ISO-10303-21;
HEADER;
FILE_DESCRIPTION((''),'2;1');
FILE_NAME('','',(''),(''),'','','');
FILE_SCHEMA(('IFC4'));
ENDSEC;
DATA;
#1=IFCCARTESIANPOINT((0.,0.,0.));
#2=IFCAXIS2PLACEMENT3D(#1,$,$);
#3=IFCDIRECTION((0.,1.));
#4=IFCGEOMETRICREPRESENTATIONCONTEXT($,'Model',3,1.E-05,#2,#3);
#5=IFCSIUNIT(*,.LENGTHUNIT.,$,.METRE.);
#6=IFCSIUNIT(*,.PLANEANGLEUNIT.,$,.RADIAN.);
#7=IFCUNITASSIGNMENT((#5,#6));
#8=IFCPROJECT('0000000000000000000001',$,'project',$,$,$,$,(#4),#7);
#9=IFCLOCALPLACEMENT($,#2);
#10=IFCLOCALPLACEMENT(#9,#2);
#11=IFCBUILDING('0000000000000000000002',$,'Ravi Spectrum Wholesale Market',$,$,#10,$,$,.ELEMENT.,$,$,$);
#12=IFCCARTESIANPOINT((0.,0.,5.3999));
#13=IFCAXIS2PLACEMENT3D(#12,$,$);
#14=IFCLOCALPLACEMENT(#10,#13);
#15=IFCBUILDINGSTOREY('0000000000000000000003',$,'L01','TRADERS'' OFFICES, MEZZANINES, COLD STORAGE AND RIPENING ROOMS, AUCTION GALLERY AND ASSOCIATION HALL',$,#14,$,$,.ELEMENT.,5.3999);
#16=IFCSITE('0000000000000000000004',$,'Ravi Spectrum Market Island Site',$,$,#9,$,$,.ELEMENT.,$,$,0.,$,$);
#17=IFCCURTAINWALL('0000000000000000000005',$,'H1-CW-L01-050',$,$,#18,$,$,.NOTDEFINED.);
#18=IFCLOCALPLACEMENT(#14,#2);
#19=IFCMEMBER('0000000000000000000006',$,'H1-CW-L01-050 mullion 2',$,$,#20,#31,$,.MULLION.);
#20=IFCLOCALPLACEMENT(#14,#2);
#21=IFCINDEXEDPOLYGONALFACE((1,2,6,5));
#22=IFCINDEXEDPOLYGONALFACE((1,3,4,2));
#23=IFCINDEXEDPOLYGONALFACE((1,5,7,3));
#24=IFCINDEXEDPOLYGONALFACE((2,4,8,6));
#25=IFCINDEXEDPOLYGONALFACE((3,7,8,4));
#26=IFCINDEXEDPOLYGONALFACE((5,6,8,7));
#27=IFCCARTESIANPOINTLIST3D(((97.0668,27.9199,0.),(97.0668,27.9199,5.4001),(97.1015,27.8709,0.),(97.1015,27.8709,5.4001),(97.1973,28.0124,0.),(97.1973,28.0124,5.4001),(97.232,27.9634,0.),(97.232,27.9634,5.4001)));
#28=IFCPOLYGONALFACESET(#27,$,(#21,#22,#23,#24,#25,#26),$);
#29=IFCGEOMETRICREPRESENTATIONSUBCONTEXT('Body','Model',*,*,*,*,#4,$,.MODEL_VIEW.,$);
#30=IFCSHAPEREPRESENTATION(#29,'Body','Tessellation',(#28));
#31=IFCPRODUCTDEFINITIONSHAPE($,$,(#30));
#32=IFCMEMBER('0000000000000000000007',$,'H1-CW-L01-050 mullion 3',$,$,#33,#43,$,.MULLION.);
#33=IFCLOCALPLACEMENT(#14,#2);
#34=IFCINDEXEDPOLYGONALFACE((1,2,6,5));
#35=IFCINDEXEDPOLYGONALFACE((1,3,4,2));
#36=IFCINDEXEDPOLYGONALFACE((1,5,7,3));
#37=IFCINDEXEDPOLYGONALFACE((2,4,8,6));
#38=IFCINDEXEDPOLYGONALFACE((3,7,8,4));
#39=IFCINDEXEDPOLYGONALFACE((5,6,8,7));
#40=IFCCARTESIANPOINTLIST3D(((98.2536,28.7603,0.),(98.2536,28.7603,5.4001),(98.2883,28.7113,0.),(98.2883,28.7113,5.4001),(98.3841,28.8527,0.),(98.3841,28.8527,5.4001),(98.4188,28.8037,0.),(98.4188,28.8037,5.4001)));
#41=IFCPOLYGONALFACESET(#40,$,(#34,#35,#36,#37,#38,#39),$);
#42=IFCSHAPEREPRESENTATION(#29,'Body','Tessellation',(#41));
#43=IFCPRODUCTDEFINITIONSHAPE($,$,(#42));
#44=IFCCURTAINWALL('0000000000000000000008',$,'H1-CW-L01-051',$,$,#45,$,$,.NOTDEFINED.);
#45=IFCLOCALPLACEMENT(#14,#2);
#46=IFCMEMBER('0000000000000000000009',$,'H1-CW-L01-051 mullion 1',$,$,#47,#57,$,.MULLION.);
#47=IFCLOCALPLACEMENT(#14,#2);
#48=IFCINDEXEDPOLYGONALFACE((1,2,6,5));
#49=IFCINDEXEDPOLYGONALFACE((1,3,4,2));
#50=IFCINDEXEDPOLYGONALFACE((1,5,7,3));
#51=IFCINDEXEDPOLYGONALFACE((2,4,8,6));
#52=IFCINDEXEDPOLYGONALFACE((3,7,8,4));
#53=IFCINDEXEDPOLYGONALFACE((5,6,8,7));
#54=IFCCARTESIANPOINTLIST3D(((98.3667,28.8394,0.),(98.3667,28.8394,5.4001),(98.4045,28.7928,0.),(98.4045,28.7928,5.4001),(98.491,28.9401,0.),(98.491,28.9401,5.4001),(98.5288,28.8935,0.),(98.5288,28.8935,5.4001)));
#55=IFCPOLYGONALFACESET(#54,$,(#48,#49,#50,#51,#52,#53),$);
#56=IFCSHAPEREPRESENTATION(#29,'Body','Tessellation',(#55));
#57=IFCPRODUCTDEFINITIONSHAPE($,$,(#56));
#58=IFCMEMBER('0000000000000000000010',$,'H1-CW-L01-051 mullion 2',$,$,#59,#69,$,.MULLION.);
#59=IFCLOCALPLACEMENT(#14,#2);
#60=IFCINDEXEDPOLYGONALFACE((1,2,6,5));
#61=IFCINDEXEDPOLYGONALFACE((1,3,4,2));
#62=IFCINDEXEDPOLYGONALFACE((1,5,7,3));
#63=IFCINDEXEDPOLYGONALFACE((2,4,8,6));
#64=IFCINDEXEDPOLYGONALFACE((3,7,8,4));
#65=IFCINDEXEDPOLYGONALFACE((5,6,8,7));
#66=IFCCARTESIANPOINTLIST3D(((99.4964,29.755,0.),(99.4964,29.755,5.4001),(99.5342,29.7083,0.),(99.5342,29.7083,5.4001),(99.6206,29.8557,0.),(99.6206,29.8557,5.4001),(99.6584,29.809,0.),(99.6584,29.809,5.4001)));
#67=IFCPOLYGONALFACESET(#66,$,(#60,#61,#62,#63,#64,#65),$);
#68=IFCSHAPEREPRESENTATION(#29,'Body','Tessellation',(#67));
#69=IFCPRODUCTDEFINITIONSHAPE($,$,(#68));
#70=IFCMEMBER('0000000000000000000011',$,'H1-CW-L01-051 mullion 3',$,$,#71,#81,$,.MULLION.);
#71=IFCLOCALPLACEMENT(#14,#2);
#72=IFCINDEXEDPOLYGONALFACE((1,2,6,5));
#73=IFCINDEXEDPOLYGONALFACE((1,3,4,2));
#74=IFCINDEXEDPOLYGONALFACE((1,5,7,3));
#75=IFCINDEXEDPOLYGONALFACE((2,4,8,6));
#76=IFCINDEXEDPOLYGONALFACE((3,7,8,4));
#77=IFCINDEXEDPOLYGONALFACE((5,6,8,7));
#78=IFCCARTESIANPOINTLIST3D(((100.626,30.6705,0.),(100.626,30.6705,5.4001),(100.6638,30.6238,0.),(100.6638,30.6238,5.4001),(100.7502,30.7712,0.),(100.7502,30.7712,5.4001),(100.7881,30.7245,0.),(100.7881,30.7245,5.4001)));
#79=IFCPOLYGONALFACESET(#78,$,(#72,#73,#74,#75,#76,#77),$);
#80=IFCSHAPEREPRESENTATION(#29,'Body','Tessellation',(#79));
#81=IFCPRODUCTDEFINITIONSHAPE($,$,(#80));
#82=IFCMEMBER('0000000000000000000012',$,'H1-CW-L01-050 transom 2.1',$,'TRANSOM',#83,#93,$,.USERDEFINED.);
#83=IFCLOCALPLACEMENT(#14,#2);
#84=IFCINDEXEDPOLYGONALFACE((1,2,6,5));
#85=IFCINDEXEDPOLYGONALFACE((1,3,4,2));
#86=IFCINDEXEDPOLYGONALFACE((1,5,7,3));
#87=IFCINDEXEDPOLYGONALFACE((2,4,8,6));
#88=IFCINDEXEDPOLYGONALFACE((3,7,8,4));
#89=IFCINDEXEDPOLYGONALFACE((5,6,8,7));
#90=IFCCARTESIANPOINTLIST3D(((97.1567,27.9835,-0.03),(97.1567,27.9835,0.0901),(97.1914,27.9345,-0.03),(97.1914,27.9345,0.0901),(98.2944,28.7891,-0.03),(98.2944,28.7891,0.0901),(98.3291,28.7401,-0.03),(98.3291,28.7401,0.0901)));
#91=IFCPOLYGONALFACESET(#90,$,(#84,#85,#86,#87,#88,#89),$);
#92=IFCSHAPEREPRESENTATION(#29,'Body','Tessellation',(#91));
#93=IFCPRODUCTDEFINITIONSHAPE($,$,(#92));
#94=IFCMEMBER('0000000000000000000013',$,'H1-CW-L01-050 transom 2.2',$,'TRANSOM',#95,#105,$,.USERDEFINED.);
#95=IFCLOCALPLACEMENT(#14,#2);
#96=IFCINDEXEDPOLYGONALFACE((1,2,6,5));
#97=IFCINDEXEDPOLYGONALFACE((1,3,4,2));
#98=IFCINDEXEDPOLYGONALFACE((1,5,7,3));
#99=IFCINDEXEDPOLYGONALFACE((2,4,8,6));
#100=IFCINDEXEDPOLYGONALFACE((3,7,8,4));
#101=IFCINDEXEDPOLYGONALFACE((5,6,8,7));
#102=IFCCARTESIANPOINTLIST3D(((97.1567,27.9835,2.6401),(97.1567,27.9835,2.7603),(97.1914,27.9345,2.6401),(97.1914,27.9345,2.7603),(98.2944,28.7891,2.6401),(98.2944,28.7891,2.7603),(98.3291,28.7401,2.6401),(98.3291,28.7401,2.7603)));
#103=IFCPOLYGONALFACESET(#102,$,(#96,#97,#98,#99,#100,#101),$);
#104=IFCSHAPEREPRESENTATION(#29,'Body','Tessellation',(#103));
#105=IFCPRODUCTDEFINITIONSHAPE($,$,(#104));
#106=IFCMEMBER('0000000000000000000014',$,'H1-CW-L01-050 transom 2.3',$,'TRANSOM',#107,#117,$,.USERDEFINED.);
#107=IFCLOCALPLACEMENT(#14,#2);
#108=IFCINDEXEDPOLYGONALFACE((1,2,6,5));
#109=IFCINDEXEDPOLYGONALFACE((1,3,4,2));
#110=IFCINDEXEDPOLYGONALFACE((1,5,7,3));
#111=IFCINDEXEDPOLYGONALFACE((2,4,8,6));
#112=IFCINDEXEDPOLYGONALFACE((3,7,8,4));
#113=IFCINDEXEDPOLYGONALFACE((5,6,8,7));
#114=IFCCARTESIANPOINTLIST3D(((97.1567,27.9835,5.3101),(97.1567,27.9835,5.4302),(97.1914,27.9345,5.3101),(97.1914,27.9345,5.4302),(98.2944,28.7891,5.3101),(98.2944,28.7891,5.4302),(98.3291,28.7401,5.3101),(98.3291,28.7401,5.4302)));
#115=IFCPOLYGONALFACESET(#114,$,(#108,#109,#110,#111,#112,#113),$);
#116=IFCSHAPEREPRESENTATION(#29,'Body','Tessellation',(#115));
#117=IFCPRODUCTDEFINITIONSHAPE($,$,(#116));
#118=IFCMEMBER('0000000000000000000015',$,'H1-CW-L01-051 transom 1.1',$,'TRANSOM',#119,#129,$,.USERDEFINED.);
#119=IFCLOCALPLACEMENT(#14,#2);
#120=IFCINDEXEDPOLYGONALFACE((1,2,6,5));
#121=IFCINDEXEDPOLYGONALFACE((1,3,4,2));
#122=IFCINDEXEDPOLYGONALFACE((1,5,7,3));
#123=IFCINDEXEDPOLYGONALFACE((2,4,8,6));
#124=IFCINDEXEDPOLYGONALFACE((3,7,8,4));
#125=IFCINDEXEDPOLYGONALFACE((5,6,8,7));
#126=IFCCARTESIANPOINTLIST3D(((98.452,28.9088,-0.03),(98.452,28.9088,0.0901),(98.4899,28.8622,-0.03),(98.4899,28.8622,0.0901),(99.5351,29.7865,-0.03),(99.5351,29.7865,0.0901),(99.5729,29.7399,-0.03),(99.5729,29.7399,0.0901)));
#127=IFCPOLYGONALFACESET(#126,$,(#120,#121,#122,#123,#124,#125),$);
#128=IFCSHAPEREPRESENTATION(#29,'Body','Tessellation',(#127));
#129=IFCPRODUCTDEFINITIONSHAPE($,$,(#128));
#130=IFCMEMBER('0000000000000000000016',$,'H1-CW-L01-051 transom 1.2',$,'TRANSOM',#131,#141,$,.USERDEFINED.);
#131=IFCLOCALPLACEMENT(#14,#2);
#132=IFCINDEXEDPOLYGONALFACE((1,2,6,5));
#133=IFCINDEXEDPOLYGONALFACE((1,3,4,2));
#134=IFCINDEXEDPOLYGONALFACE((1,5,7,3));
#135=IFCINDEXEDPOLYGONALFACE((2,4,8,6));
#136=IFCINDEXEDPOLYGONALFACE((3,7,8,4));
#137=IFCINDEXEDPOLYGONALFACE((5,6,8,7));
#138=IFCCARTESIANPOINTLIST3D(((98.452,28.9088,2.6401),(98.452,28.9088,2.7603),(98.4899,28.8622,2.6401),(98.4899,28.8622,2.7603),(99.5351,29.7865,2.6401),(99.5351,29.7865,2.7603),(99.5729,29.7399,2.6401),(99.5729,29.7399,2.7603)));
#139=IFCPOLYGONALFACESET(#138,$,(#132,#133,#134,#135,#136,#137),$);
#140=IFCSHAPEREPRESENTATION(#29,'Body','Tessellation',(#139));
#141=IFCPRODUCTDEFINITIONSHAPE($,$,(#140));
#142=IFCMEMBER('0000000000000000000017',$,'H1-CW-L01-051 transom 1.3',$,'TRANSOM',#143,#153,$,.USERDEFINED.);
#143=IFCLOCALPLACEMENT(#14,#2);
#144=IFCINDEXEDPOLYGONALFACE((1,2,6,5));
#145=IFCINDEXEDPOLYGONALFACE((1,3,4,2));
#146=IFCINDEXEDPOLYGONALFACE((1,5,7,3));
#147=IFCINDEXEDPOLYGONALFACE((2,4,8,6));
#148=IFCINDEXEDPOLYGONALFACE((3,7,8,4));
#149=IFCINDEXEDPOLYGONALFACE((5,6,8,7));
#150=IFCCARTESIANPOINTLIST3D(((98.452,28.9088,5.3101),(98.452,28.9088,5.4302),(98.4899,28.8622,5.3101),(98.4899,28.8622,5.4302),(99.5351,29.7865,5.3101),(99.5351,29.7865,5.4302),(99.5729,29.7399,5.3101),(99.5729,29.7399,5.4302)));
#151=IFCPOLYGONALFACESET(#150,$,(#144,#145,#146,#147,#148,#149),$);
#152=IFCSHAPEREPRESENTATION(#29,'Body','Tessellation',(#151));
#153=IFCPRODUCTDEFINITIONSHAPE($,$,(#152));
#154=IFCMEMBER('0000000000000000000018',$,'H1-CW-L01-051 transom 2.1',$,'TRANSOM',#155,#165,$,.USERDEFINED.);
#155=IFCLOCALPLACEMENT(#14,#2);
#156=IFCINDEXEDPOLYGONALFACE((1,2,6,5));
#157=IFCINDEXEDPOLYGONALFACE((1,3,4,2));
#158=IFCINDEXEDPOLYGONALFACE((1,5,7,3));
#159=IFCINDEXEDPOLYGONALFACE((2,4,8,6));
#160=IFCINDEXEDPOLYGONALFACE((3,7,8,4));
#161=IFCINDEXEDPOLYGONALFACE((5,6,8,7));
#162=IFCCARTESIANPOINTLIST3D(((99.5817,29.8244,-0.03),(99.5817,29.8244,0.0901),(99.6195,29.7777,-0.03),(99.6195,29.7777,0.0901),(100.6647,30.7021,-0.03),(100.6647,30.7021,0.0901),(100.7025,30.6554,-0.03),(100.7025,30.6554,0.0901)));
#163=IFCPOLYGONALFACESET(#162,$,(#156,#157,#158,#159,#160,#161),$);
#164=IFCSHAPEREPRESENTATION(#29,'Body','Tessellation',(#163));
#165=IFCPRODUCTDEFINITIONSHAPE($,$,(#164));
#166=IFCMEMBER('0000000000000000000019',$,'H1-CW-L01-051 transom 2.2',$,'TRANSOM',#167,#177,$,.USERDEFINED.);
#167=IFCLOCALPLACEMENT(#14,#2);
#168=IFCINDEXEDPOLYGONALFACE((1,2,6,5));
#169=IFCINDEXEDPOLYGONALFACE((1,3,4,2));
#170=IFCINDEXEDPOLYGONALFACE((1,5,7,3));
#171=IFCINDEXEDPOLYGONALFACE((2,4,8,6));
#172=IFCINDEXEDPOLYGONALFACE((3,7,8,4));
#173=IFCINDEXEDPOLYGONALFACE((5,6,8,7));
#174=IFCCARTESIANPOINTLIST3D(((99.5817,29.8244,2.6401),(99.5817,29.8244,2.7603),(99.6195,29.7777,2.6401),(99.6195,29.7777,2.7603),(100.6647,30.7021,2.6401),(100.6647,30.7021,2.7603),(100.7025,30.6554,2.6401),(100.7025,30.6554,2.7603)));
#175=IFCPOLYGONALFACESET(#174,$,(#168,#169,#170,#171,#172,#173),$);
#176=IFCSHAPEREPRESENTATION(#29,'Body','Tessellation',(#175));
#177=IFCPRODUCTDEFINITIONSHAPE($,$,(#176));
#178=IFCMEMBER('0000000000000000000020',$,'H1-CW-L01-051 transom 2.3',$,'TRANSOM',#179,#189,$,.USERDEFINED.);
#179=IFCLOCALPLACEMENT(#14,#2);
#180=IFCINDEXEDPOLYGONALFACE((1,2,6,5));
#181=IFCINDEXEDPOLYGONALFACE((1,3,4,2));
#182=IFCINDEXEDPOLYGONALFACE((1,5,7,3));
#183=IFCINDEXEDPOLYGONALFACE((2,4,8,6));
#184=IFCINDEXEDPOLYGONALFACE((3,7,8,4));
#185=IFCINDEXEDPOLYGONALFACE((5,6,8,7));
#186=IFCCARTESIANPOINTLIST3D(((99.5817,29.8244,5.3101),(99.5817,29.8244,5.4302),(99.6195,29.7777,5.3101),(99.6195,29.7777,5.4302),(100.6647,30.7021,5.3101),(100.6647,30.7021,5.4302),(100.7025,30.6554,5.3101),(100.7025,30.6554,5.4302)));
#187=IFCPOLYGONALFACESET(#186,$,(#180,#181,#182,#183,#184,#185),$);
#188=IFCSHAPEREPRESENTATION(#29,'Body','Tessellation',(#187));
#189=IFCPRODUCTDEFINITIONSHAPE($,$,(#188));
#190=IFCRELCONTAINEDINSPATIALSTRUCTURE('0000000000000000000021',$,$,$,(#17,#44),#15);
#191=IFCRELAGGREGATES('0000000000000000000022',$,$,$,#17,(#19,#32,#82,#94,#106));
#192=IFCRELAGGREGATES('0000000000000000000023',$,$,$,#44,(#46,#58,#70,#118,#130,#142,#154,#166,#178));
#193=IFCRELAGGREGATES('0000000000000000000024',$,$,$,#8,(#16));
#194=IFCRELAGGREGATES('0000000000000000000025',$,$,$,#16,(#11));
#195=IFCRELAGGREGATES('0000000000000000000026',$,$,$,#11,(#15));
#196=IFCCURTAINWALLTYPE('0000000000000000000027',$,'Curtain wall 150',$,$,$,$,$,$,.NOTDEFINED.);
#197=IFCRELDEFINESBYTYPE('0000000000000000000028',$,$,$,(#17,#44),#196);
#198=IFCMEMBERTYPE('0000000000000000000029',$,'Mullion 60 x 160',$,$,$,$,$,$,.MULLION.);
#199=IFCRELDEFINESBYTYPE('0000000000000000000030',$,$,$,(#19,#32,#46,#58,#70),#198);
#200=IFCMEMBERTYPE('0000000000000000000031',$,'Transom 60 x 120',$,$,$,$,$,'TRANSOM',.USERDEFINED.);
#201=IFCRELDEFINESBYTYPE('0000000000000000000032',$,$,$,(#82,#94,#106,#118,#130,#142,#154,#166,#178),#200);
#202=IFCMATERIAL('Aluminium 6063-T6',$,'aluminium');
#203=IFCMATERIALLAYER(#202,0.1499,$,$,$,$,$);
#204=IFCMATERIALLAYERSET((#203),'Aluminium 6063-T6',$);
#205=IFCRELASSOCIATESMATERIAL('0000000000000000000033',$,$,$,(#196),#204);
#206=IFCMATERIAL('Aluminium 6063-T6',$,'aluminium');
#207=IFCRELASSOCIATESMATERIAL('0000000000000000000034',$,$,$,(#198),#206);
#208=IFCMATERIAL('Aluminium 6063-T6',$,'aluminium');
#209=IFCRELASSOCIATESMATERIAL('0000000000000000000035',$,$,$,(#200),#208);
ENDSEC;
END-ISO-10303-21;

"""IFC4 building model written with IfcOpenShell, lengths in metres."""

from ifc_helpers import new_model, si_unit, direction, frame, origin, origin_2d, place, context, subcontext, project, spatial, rectangle, extrude, material, layer, layer_set, material_profile, profile_set, type_object, element, aggregate, save


model = new_model("IFC4")

# Units and contexts
model_context = context("Model", 3, precision=1e-05, world=origin(), true_north=direction((0.0, 1.0)))
body_context = subcontext(model_context, "Body", "Model", "MODEL_VIEW")
ifc_project = project(units=[si_unit("LENGTHUNIT", "METRE"), si_unit("PLANEANGLEUNIT", "RADIAN")], contexts=[model_context])

# Site, building, storey
site_placement = place(None, origin())
site = spatial("IfcSite", under=ifc_project, at=site_placement, Name="Ravi Spectrum Market Island Site", CompositionType="ELEMENT", RefElevation=0.0)
building_placement = place(site_placement, origin())
building = spatial("IfcBuilding", under=site, at=building_placement, Name="Ravi Spectrum Wholesale Market", CompositionType="ELEMENT")
storey_placement = place(building_placement, frame((0.0, 0.0, 5.3999)))
storey = spatial("IfcBuildingStorey", under=building, at=storey_placement, Name="L01", Description="TRADERS' OFFICES, MEZZANINES, COLD STORAGE AND RIPENING ROOMS, AUCTION GALLERY AND ASSOCIATION HALL", CompositionType="ELEMENT", Elevation=5.3999)

# Curtain walls, members
ifc_material_1 = material(Name="Aluminium 6063-T6", Category="aluminium")
ifc_layer_1 = layer(ifc_material_1, 0.1499)
ifc_layer_set_1 = layer_set([ifc_layer_1], Name="Aluminium 6063-T6")
curtain_wall_type = type_object("IfcCurtainWallType", Name="Curtain wall 150", PredefinedType="NOTDEFINED", material=ifc_layer_set_1)
curtain_wall_1_placement = place(storey_placement, origin())
curtain_wall_1 = element("IfcCurtainWall", 1, at=curtain_wall_1_placement, inside=storey, type_object=curtain_wall_type, Name="H1-CW-L01-050", PredefinedType="NOTDEFINED")
ifc_material_2 = material(Name="Aluminium 6063-T6", Category="aluminium")
ifc_material_profile_1 = material_profile(ifc_material_2, rectangle(XDim=0.0601, YDim=0.1599, at=origin_2d()))
ifc_profile_set_1 = profile_set([ifc_material_profile_1], Name="Aluminium 6063-T6")
member_type_1 = type_object("IfcMemberType", Name="Mullion 60 x 160", PredefinedType="MULLION", material=ifc_profile_set_1)
member_1_placement = place(storey_placement, frame((97.1494, 27.9417, 0.0), z_axis=(0.0, 0.0, 1.0), x_axis=(-0.577953, 0.81607, 0.0)))
member_1 = element("IfcMember", 2, at=member_1_placement, type_object=member_type_1, Name="H1-CW-L01-050 mullion 2", PredefinedType="MULLION", context=body_context, shape_type="SweptSolid", body=[
    extrude(rectangle(XDim=0.0601, YDim=0.1599, at=origin_2d()), origin(), (0.0, 0.0, 1.0), 5.4001),
])
member_2_placement = place(storey_placement, frame((98.3362, 28.782, 0.0), z_axis=(0.0, 0.0, 1.0), x_axis=(-0.577953, 0.81607, 0.0)))
member_2 = element("IfcMember", 3, at=member_2_placement, type_object=member_type_1, Name="H1-CW-L01-050 mullion 3", PredefinedType="MULLION", context=body_context, shape_type="SweptSolid", body=[
    extrude(rectangle(XDim=0.0601, YDim=0.1599, at=origin_2d()), origin(), (0.0, 0.0, 1.0), 5.4001),
])
curtain_wall_2_placement = place(storey_placement, origin())
curtain_wall_2 = element("IfcCurtainWall", 4, at=curtain_wall_2_placement, inside=storey, type_object=curtain_wall_type, Name="H1-CW-L01-051", PredefinedType="NOTDEFINED")
member_3_placement = place(storey_placement, frame((98.4478, 28.8665, 0.0), z_axis=(0.0, 0.0, 1.0), x_axis=(-0.629635, 0.776891, 0.0)))
member_3 = element("IfcMember", 5, at=member_3_placement, type_object=member_type_1, Name="H1-CW-L01-051 mullion 1", PredefinedType="MULLION", context=body_context, shape_type="SweptSolid", body=[
    extrude(rectangle(XDim=0.0601, YDim=0.1599, at=origin_2d()), origin(), (0.0, 0.0, 1.0), 5.4001),
])
member_4_placement = place(storey_placement, frame((99.5774, 29.782, 0.0), z_axis=(0.0, 0.0, 1.0), x_axis=(-0.629635, 0.776891, 0.0)))
member_4 = element("IfcMember", 6, at=member_4_placement, type_object=member_type_1, Name="H1-CW-L01-051 mullion 2", PredefinedType="MULLION", context=body_context, shape_type="SweptSolid", body=[
    extrude(rectangle(XDim=0.0601, YDim=0.1599, at=origin_2d()), origin(), (0.0, 0.0, 1.0), 5.4001),
])
member_5_placement = place(storey_placement, frame((100.707, 30.6975, 0.0), z_axis=(0.0, 0.0, 1.0), x_axis=(-0.629635, 0.776891, 0.0)))
member_5 = element("IfcMember", 7, at=member_5_placement, type_object=member_type_1, Name="H1-CW-L01-051 mullion 3", PredefinedType="MULLION", context=body_context, shape_type="SweptSolid", body=[
    extrude(rectangle(XDim=0.0601, YDim=0.1599, at=origin_2d()), origin(), (0.0, 0.0, 1.0), 5.4001),
])

# Members
ifc_material_3 = material(Name="Aluminium 6063-T6", Category="aluminium")
ifc_material_profile_2 = material_profile(ifc_material_3, rectangle(XDim=0.0601, YDim=0.1201, at=origin_2d()))
ifc_profile_set_2 = profile_set([ifc_material_profile_2], Name="Aluminium 6063-T6")
member_type_2 = type_object("IfcMemberType", Name="Transom 60 x 120", ElementType="TRANSOM", PredefinedType="USERDEFINED", material=ifc_profile_set_2)
member_6_placement = place(storey_placement, frame((97.1741, 27.959, 0.03), z_axis=(0.816093, 0.57792, 0.0), x_axis=(-0.57792, 0.816093, 0.0)))
member_6 = element("IfcMember", 8, at=member_6_placement, type_object=member_type_2, Name="H1-CW-L01-050 transom 2.1", ObjectType="TRANSOM", PredefinedType="USERDEFINED", context=body_context, shape_type="SweptSolid", body=[
    extrude(rectangle(XDim=0.0601, YDim=0.1201, at=origin_2d()), origin(), (0.0, 0.0, 1.0), 1.394),
])
member_7_placement = place(storey_placement, frame((97.1741, 27.959, 2.7002), z_axis=(0.816093, 0.57792, 0.0), x_axis=(-0.57792, 0.816093, 0.0)))
member_7 = element("IfcMember", 9, at=member_7_placement, type_object=member_type_2, Name="H1-CW-L01-050 transom 2.2", ObjectType="TRANSOM", PredefinedType="USERDEFINED", context=body_context, shape_type="SweptSolid", body=[
    extrude(rectangle(XDim=0.0601, YDim=0.1201, at=origin_2d()), origin(), (0.0, 0.0, 1.0), 1.394),
])
member_8_placement = place(storey_placement, frame((97.1741, 27.959, 5.3701), z_axis=(0.816093, 0.57792, 0.0), x_axis=(-0.57792, 0.816093, 0.0)))
member_8 = element("IfcMember", 10, at=member_8_placement, type_object=member_type_2, Name="H1-CW-L01-050 transom 2.3", ObjectType="TRANSOM", PredefinedType="USERDEFINED", context=body_context, shape_type="SweptSolid", body=[
    extrude(rectangle(XDim=0.0601, YDim=0.1201, at=origin_2d()), origin(), (0.0, 0.0, 1.0), 1.394),
])
member_9_placement = place(storey_placement, frame((98.4709, 28.8855, 0.03), z_axis=(0.776906, 0.629616, 0.0), x_axis=(-0.629616, 0.776906, 0.0)))
member_9 = element("IfcMember", 11, at=member_9_placement, type_object=member_type_2, Name="H1-CW-L01-051 transom 1.1", ObjectType="TRANSOM", PredefinedType="USERDEFINED", context=body_context, shape_type="SweptSolid", body=[
    extrude(rectangle(XDim=0.0601, YDim=0.1201, at=origin_2d()), origin(), (0.0, 0.0, 1.0), 1.394),
])
member_10_placement = place(storey_placement, frame((98.4709, 28.8855, 2.7002), z_axis=(0.776906, 0.629616, 0.0), x_axis=(-0.629616, 0.776906, 0.0)))
member_10 = element("IfcMember", 12, at=member_10_placement, type_object=member_type_2, Name="H1-CW-L01-051 transom 1.2", ObjectType="TRANSOM", PredefinedType="USERDEFINED", context=body_context, shape_type="SweptSolid", body=[
    extrude(rectangle(XDim=0.0601, YDim=0.1201, at=origin_2d()), origin(), (0.0, 0.0, 1.0), 1.394),
])
member_11_placement = place(storey_placement, frame((98.4709, 28.8855, 5.3701), z_axis=(0.776906, 0.629616, 0.0), x_axis=(-0.629616, 0.776906, 0.0)))
member_11 = element("IfcMember", 13, at=member_11_placement, type_object=member_type_2, Name="H1-CW-L01-051 transom 1.3", ObjectType="TRANSOM", PredefinedType="USERDEFINED", context=body_context, shape_type="SweptSolid", body=[
    extrude(rectangle(XDim=0.0601, YDim=0.1201, at=origin_2d()), origin(), (0.0, 0.0, 1.0), 1.394),
])
member_12_placement = place(storey_placement, frame((99.6006, 29.801, 0.03), z_axis=(0.776906, 0.629616, 0.0), x_axis=(-0.629616, 0.776906, 0.0)))
member_12 = element("IfcMember", 14, at=member_12_placement, type_object=member_type_2, Name="H1-CW-L01-051 transom 2.1", ObjectType="TRANSOM", PredefinedType="USERDEFINED", context=body_context, shape_type="SweptSolid", body=[
    extrude(rectangle(XDim=0.0601, YDim=0.1201, at=origin_2d()), origin(), (0.0, 0.0, 1.0), 1.394),
])
member_13_placement = place(storey_placement, frame((99.6006, 29.801, 2.7002), z_axis=(0.776906, 0.629616, 0.0), x_axis=(-0.629616, 0.776906, 0.0)))
member_13 = element("IfcMember", 15, at=member_13_placement, type_object=member_type_2, Name="H1-CW-L01-051 transom 2.2", ObjectType="TRANSOM", PredefinedType="USERDEFINED", context=body_context, shape_type="SweptSolid", body=[
    extrude(rectangle(XDim=0.0601, YDim=0.1201, at=origin_2d()), origin(), (0.0, 0.0, 1.0), 1.394),
])
member_14_placement = place(storey_placement, frame((99.6006, 29.801, 5.3701), z_axis=(0.776906, 0.629616, 0.0), x_axis=(-0.629616, 0.776906, 0.0)))
member_14 = element("IfcMember", 16, at=member_14_placement, type_object=member_type_2, Name="H1-CW-L01-051 transom 2.3", ObjectType="TRANSOM", PredefinedType="USERDEFINED", context=body_context, shape_type="SweptSolid", body=[
    extrude(rectangle(XDim=0.0601, YDim=0.1201, at=origin_2d()), origin(), (0.0, 0.0, 1.0), 1.394),
])

aggregate(curtain_wall_1, [member_1, member_2, member_6, member_7, member_8])
aggregate(curtain_wall_2, [member_3, member_4, member_5, member_9, member_10, member_11, member_12, member_13, member_14])

save(model, "model.ifc")
